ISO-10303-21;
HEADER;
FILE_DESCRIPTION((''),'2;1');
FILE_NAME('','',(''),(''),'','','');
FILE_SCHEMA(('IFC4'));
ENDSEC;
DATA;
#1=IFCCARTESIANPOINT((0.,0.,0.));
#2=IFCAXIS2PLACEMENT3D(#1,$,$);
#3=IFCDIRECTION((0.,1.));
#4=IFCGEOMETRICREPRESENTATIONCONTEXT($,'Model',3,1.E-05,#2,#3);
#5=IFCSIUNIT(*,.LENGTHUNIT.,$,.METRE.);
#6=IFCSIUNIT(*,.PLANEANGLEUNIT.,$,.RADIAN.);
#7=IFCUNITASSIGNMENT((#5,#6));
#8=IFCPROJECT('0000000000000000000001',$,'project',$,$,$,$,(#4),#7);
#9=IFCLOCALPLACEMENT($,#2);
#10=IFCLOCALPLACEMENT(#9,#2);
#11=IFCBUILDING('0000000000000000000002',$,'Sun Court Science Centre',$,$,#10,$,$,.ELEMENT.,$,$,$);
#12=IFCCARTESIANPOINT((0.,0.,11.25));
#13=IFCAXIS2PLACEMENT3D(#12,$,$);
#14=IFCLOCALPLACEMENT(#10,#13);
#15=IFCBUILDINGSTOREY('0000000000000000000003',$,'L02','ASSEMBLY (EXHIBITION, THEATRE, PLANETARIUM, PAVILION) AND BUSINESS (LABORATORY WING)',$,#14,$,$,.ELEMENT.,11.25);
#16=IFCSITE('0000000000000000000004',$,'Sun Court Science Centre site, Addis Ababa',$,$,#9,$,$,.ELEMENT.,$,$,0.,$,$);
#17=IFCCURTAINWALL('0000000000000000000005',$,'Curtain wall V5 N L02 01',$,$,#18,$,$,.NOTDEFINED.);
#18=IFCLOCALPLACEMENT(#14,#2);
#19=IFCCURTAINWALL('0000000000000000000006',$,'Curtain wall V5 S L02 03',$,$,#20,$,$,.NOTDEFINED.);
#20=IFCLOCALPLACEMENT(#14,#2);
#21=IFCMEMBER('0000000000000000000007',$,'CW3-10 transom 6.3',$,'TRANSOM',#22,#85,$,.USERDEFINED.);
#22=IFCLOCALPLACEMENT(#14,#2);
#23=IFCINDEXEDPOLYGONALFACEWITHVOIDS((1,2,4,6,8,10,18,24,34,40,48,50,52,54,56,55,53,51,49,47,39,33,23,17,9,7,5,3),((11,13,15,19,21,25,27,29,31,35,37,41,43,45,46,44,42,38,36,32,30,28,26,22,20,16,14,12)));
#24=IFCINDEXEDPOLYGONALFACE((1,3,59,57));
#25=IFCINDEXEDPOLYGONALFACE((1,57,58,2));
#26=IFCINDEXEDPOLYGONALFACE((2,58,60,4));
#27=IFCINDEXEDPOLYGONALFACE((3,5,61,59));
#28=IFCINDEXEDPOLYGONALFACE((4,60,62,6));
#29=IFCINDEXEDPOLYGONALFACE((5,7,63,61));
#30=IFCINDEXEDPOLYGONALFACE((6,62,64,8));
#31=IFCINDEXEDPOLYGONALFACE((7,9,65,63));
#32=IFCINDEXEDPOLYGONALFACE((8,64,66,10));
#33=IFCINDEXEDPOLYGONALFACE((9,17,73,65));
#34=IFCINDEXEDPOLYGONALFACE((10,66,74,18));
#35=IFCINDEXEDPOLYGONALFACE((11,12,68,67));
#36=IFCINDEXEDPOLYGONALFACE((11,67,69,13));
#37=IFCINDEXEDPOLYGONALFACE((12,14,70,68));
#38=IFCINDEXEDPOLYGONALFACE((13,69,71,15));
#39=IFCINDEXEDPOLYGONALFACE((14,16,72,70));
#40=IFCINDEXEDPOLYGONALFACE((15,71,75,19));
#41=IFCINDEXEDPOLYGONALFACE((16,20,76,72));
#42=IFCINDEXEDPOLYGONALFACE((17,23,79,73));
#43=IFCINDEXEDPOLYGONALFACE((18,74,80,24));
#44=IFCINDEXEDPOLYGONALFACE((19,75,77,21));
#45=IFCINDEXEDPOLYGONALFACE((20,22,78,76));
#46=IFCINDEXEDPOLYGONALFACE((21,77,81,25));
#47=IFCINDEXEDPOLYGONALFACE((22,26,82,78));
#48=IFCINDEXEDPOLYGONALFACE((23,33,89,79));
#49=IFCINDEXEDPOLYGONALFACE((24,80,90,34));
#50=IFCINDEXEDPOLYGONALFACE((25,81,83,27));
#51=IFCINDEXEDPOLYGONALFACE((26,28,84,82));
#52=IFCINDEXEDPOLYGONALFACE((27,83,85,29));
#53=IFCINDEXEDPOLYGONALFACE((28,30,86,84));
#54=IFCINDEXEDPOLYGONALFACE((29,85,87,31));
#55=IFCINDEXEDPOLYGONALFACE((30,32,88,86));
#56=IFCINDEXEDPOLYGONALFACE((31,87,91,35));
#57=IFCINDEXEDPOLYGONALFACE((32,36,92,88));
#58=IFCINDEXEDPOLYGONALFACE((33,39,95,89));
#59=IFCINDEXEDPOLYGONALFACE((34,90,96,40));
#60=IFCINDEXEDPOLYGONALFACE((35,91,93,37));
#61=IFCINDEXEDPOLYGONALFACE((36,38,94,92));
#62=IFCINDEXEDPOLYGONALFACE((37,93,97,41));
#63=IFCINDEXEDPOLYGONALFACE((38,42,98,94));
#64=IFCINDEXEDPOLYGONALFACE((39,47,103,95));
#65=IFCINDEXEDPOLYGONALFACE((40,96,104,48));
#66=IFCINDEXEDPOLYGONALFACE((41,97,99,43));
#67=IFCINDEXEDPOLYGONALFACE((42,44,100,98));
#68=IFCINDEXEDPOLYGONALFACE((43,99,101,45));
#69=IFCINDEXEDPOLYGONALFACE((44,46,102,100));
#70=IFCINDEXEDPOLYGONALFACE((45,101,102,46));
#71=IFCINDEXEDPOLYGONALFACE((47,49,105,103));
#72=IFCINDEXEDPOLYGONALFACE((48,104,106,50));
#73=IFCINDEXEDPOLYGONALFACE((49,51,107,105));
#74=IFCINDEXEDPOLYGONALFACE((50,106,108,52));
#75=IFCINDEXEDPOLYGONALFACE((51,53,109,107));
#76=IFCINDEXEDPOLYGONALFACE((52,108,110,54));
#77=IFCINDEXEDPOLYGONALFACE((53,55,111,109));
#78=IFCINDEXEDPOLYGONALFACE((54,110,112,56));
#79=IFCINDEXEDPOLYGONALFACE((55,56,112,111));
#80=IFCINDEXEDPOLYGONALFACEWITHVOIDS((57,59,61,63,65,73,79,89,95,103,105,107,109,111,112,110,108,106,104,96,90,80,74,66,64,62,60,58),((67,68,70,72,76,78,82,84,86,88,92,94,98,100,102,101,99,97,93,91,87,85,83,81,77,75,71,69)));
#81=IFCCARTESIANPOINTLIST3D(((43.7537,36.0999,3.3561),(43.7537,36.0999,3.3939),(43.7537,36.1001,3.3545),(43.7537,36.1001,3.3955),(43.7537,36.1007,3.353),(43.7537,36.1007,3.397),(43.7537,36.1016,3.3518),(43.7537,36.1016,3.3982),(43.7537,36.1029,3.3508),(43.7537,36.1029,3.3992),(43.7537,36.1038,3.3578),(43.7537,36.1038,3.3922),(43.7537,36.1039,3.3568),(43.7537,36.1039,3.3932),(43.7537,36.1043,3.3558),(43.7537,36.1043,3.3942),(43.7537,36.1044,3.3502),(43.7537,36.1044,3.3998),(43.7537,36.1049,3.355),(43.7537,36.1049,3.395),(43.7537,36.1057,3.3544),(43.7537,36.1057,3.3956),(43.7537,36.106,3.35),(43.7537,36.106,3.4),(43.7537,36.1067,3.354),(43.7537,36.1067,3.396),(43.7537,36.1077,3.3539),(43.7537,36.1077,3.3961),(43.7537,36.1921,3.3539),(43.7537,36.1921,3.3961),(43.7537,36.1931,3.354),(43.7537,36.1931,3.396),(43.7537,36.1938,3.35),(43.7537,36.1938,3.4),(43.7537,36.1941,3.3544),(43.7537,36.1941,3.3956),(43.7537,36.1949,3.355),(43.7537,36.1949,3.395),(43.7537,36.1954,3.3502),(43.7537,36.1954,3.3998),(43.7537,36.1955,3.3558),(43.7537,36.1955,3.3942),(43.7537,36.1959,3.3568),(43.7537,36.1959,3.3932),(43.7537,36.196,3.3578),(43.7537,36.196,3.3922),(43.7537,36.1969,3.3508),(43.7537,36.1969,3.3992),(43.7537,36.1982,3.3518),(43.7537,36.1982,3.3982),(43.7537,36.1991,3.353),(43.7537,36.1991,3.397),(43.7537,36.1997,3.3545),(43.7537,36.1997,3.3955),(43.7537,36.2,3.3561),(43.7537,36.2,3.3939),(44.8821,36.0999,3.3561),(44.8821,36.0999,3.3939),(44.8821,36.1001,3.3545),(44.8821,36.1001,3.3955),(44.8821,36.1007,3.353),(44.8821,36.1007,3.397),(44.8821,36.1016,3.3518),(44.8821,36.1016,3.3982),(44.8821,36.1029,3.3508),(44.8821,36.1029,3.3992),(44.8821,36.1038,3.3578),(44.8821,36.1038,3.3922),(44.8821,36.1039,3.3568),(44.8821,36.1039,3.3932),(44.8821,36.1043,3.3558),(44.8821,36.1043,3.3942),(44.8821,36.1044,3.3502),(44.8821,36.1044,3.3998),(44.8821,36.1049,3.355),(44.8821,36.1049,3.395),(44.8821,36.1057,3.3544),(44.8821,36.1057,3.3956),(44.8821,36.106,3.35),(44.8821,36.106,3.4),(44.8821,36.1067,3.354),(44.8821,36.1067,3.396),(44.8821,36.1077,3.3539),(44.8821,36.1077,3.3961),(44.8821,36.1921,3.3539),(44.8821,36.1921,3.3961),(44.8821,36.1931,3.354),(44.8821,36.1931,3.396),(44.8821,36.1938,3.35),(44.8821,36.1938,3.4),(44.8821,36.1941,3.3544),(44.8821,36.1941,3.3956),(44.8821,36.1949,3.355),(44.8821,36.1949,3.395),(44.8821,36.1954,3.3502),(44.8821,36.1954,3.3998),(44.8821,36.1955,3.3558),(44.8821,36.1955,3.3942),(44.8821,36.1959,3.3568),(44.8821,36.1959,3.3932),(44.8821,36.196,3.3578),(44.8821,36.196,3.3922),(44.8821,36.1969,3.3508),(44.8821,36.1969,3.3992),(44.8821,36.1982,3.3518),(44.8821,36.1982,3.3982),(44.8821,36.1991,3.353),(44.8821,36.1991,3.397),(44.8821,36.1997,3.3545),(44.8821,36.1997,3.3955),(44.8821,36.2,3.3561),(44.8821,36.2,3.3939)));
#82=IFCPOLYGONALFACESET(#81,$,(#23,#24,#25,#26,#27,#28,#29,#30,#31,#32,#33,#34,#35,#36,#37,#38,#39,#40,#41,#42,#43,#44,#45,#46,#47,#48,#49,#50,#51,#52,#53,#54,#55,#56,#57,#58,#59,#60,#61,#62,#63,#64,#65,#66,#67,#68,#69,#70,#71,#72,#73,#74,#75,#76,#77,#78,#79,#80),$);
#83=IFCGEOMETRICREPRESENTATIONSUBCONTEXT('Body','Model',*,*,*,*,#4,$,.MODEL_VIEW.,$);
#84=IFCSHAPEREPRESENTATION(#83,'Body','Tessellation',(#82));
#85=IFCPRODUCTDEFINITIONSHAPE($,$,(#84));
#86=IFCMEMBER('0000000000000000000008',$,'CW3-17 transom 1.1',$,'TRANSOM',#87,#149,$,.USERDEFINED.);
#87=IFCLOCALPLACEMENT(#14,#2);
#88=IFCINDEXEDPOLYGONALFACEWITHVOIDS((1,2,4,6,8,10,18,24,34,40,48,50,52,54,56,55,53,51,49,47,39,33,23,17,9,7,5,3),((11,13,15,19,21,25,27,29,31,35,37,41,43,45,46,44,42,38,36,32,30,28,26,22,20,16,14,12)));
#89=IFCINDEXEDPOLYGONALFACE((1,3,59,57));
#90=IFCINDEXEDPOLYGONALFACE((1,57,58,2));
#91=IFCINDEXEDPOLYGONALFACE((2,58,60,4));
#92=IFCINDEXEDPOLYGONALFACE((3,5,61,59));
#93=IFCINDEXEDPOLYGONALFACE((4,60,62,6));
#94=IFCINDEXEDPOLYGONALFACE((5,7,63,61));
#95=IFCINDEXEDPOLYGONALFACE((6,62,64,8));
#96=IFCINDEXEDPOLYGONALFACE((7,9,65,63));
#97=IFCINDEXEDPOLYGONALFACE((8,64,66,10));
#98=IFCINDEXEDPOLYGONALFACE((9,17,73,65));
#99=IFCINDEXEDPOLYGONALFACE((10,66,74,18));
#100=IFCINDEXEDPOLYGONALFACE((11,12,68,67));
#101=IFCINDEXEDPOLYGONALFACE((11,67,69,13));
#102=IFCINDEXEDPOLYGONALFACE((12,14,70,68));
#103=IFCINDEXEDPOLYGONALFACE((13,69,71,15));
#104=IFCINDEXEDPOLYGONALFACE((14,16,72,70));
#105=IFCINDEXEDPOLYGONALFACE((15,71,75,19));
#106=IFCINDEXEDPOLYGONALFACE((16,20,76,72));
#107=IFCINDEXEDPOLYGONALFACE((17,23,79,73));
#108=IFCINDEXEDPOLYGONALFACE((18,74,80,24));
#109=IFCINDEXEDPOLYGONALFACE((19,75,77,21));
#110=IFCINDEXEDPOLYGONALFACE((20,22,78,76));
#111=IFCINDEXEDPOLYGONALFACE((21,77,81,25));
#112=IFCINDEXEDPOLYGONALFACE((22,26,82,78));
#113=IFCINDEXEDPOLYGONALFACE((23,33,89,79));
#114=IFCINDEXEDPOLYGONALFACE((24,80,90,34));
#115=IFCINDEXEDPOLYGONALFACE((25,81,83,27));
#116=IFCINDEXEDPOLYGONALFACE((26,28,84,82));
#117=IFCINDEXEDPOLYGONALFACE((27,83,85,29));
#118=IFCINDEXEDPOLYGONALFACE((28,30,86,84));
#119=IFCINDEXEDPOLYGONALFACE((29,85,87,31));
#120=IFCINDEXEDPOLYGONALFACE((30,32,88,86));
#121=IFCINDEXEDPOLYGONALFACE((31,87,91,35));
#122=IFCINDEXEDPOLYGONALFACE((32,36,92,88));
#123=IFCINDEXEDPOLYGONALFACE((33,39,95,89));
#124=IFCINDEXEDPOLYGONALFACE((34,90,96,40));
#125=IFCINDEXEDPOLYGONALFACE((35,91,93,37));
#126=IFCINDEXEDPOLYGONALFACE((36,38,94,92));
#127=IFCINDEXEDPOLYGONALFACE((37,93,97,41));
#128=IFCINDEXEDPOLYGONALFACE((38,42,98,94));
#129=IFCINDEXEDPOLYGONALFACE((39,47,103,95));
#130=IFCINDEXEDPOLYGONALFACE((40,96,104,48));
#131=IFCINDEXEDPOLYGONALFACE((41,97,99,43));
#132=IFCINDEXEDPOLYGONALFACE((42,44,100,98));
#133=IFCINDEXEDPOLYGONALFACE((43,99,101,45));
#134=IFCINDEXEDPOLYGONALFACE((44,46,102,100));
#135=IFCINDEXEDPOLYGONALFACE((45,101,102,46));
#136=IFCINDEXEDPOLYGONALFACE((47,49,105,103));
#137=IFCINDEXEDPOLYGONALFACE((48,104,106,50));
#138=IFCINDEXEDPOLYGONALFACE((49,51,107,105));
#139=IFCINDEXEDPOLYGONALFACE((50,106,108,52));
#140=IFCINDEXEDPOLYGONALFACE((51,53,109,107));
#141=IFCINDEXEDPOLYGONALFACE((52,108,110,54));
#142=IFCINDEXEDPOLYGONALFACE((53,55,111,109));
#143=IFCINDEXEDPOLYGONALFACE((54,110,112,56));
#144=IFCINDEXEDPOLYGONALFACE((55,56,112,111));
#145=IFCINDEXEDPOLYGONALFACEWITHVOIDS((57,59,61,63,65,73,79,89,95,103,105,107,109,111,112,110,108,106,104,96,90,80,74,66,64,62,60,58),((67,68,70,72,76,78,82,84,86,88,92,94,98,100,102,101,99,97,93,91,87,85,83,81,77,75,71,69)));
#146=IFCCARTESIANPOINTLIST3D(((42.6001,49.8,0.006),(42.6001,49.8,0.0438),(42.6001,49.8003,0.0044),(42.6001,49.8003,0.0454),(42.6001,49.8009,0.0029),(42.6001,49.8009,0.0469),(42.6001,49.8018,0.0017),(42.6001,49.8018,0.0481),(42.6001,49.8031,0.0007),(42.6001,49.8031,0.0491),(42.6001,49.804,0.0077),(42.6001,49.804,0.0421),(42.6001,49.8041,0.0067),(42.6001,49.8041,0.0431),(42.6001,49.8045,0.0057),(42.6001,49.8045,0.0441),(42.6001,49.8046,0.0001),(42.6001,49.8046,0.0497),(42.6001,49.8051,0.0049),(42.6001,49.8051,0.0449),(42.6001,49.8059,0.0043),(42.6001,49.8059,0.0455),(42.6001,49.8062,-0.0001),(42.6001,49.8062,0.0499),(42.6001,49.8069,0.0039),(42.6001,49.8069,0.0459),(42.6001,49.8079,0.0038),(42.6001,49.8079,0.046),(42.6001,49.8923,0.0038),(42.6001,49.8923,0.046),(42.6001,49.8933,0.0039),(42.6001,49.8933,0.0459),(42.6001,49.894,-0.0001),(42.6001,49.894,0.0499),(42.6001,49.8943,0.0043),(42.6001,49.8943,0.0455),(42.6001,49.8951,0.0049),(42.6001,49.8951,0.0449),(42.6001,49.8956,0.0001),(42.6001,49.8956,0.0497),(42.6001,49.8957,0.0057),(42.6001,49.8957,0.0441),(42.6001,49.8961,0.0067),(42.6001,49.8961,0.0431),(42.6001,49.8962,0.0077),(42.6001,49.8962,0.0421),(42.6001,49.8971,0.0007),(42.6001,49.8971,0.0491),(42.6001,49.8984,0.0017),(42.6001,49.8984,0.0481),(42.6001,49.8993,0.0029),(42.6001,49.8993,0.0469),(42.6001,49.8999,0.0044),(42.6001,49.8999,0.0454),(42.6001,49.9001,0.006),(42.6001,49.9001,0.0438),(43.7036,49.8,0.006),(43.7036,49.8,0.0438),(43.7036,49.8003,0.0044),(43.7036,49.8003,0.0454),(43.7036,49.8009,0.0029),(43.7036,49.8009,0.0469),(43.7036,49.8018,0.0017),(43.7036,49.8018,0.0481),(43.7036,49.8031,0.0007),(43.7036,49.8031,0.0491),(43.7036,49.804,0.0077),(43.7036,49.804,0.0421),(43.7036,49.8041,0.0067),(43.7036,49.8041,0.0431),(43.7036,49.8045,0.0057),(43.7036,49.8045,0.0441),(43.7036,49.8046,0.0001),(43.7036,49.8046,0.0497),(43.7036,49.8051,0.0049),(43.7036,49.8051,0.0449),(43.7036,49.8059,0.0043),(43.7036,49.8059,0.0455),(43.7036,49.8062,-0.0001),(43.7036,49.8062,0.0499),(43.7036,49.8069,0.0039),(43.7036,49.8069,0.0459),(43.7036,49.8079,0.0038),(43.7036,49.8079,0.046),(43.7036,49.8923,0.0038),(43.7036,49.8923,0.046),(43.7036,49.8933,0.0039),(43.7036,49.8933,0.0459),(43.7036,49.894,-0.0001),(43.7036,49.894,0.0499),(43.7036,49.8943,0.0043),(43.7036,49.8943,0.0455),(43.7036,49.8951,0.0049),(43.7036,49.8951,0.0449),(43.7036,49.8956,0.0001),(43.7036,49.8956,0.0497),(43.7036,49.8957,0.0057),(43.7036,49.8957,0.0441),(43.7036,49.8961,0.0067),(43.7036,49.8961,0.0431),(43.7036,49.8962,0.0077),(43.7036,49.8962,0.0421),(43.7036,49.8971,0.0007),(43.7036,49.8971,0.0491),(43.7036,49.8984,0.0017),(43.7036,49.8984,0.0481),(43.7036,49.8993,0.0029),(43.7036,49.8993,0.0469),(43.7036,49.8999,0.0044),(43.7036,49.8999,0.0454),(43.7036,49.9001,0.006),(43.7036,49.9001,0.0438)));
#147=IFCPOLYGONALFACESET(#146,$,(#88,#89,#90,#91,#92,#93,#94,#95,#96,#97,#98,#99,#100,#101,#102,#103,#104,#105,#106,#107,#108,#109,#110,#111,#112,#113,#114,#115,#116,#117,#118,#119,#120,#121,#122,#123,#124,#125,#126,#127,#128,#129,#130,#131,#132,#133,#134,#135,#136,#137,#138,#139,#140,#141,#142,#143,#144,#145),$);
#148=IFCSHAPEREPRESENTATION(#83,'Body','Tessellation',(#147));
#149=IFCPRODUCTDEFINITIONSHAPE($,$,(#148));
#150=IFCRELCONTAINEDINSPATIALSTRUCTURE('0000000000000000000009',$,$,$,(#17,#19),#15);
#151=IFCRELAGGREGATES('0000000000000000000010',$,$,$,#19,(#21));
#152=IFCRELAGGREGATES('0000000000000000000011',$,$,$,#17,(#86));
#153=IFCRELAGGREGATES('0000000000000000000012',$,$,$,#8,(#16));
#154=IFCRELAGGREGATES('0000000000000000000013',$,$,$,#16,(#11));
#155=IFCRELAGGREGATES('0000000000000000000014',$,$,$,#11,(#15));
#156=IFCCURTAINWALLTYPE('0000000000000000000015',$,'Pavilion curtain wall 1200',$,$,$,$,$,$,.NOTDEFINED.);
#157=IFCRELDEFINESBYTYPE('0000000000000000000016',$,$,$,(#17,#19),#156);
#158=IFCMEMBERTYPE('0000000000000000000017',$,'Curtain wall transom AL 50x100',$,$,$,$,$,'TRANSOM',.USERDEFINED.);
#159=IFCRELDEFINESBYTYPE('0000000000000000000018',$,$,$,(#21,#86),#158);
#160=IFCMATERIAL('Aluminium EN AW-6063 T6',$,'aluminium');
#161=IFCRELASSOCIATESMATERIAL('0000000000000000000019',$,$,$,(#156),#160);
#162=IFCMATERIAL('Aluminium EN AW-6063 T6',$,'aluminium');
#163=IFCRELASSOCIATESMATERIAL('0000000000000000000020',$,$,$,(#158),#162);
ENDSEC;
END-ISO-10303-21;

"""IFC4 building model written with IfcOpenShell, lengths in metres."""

from ifc_helpers import new_model, si_unit, direction, frame, origin, origin_2d, place, context, subcontext, project, spatial, hollow_rectangle, extrude, material, material_profile, profile_set, type_object, element, aggregate, save


model = new_model("IFC4")

# Units and contexts
model_context = context("Model", 3, precision=1e-05, world=origin(), true_north=direction((0.0, 1.0)))
body_context = subcontext(model_context, "Body", "Model", "MODEL_VIEW")
ifc_project = project(units=[si_unit("LENGTHUNIT", "METRE"), si_unit("PLANEANGLEUNIT", "RADIAN")], contexts=[model_context])

# Site, building, storey
site_placement = place(None, origin())
site = spatial("IfcSite", under=ifc_project, at=site_placement, Name="Sun Court Science Centre site, Addis Ababa", CompositionType="ELEMENT", RefElevation=0.0)
building_placement = place(site_placement, origin())
building = spatial("IfcBuilding", under=site, at=building_placement, Name="Sun Court Science Centre", CompositionType="ELEMENT")
storey_placement = place(building_placement, frame((0.0, 0.0, 11.25)))
storey = spatial("IfcBuildingStorey", under=building, at=storey_placement, Name="L02", Description="ASSEMBLY (EXHIBITION, THEATRE, PLANETARIUM, PAVILION) AND BUSINESS (LABORATORY WING)", CompositionType="ELEMENT", Elevation=11.25)

# Curtain walls, member
ifc_material_1 = material(Name="Aluminium EN AW-6063 T6", Category="aluminium")
curtain_wall_type = type_object("IfcCurtainWallType", Name="Pavilion curtain wall 1200", PredefinedType="NOTDEFINED", material=ifc_material_1)
curtain_wall_1_placement = place(storey_placement, origin())
curtain_wall_1 = element("IfcCurtainWall", 1, at=curtain_wall_1_placement, inside=storey, type_object=curtain_wall_type, Name="Curtain wall V5 N L02 01", PredefinedType="NOTDEFINED")
curtain_wall_2_placement = place(storey_placement, origin())
curtain_wall_2 = element("IfcCurtainWall", 2, at=curtain_wall_2_placement, inside=storey, type_object=curtain_wall_type, Name="Curtain wall V5 S L02 03", PredefinedType="NOTDEFINED")
ifc_material_2 = material(Name="Aluminium EN AW-6063 T6", Category="aluminium")
ifc_material_profile_1 = material_profile(ifc_material_2, hollow_rectangle(XDim=0.05, YDim=0.1001, WallThickness=0.0039, InnerFilletRadius=0.0039, OuterFilletRadius=0.0061, at=origin_2d()), Name="AL 50x100x4")
ifc_profile_set_1 = profile_set([ifc_material_profile_1], Name="Aluminium EN AW-6063 T6")
member_type_1 = type_object("IfcMemberType", Name="Curtain wall transom AL 50x100", ElementType="TRANSOM", PredefinedType="USERDEFINED", material=ifc_profile_set_1)
member_1_placement = place(storey_placement, frame((44.8821, 36.1499, 3.375), z_axis=(-1.0, 0.0, 0.0), x_axis=(0.0, 0.0, 1.0)))
member_1 = element("IfcMember", 3, at=member_1_placement, type_object=member_type_1, Name="CW3-10 transom 6.3", ObjectType="TRANSOM", PredefinedType="USERDEFINED", context=body_context, shape_type="SweptSolid", body=[
    extrude(hollow_rectangle(XDim=0.05, YDim=0.1001, WallThickness=0.0039, InnerFilletRadius=0.0039, OuterFilletRadius=0.0061, at=origin_2d()), origin(), (0.0, 0.0, 1.0), 1.1284),
])

# Member
member_2_placement = place(storey_placement, frame((42.6001, 49.8501, 0.0249), z_axis=(1.0, 0.0, 0.0), x_axis=(0.0, 0.0, 1.0)))
member_2 = element("IfcMember", 4, at=member_2_placement, type_object=member_type_1, Name="CW3-17 transom 1.1", ObjectType="TRANSOM", PredefinedType="USERDEFINED", context=body_context, shape_type="SweptSolid", body=[
    extrude(hollow_rectangle(XDim=0.05, YDim=0.1001, WallThickness=0.0039, InnerFilletRadius=0.0039, OuterFilletRadius=0.0061, at=origin_2d()), origin(), (0.0, 0.0, 1.0), 1.1035),
])

aggregate(curtain_wall_2, [member_1])
aggregate(curtain_wall_1, [member_2])

save(model, "model.ifc")
